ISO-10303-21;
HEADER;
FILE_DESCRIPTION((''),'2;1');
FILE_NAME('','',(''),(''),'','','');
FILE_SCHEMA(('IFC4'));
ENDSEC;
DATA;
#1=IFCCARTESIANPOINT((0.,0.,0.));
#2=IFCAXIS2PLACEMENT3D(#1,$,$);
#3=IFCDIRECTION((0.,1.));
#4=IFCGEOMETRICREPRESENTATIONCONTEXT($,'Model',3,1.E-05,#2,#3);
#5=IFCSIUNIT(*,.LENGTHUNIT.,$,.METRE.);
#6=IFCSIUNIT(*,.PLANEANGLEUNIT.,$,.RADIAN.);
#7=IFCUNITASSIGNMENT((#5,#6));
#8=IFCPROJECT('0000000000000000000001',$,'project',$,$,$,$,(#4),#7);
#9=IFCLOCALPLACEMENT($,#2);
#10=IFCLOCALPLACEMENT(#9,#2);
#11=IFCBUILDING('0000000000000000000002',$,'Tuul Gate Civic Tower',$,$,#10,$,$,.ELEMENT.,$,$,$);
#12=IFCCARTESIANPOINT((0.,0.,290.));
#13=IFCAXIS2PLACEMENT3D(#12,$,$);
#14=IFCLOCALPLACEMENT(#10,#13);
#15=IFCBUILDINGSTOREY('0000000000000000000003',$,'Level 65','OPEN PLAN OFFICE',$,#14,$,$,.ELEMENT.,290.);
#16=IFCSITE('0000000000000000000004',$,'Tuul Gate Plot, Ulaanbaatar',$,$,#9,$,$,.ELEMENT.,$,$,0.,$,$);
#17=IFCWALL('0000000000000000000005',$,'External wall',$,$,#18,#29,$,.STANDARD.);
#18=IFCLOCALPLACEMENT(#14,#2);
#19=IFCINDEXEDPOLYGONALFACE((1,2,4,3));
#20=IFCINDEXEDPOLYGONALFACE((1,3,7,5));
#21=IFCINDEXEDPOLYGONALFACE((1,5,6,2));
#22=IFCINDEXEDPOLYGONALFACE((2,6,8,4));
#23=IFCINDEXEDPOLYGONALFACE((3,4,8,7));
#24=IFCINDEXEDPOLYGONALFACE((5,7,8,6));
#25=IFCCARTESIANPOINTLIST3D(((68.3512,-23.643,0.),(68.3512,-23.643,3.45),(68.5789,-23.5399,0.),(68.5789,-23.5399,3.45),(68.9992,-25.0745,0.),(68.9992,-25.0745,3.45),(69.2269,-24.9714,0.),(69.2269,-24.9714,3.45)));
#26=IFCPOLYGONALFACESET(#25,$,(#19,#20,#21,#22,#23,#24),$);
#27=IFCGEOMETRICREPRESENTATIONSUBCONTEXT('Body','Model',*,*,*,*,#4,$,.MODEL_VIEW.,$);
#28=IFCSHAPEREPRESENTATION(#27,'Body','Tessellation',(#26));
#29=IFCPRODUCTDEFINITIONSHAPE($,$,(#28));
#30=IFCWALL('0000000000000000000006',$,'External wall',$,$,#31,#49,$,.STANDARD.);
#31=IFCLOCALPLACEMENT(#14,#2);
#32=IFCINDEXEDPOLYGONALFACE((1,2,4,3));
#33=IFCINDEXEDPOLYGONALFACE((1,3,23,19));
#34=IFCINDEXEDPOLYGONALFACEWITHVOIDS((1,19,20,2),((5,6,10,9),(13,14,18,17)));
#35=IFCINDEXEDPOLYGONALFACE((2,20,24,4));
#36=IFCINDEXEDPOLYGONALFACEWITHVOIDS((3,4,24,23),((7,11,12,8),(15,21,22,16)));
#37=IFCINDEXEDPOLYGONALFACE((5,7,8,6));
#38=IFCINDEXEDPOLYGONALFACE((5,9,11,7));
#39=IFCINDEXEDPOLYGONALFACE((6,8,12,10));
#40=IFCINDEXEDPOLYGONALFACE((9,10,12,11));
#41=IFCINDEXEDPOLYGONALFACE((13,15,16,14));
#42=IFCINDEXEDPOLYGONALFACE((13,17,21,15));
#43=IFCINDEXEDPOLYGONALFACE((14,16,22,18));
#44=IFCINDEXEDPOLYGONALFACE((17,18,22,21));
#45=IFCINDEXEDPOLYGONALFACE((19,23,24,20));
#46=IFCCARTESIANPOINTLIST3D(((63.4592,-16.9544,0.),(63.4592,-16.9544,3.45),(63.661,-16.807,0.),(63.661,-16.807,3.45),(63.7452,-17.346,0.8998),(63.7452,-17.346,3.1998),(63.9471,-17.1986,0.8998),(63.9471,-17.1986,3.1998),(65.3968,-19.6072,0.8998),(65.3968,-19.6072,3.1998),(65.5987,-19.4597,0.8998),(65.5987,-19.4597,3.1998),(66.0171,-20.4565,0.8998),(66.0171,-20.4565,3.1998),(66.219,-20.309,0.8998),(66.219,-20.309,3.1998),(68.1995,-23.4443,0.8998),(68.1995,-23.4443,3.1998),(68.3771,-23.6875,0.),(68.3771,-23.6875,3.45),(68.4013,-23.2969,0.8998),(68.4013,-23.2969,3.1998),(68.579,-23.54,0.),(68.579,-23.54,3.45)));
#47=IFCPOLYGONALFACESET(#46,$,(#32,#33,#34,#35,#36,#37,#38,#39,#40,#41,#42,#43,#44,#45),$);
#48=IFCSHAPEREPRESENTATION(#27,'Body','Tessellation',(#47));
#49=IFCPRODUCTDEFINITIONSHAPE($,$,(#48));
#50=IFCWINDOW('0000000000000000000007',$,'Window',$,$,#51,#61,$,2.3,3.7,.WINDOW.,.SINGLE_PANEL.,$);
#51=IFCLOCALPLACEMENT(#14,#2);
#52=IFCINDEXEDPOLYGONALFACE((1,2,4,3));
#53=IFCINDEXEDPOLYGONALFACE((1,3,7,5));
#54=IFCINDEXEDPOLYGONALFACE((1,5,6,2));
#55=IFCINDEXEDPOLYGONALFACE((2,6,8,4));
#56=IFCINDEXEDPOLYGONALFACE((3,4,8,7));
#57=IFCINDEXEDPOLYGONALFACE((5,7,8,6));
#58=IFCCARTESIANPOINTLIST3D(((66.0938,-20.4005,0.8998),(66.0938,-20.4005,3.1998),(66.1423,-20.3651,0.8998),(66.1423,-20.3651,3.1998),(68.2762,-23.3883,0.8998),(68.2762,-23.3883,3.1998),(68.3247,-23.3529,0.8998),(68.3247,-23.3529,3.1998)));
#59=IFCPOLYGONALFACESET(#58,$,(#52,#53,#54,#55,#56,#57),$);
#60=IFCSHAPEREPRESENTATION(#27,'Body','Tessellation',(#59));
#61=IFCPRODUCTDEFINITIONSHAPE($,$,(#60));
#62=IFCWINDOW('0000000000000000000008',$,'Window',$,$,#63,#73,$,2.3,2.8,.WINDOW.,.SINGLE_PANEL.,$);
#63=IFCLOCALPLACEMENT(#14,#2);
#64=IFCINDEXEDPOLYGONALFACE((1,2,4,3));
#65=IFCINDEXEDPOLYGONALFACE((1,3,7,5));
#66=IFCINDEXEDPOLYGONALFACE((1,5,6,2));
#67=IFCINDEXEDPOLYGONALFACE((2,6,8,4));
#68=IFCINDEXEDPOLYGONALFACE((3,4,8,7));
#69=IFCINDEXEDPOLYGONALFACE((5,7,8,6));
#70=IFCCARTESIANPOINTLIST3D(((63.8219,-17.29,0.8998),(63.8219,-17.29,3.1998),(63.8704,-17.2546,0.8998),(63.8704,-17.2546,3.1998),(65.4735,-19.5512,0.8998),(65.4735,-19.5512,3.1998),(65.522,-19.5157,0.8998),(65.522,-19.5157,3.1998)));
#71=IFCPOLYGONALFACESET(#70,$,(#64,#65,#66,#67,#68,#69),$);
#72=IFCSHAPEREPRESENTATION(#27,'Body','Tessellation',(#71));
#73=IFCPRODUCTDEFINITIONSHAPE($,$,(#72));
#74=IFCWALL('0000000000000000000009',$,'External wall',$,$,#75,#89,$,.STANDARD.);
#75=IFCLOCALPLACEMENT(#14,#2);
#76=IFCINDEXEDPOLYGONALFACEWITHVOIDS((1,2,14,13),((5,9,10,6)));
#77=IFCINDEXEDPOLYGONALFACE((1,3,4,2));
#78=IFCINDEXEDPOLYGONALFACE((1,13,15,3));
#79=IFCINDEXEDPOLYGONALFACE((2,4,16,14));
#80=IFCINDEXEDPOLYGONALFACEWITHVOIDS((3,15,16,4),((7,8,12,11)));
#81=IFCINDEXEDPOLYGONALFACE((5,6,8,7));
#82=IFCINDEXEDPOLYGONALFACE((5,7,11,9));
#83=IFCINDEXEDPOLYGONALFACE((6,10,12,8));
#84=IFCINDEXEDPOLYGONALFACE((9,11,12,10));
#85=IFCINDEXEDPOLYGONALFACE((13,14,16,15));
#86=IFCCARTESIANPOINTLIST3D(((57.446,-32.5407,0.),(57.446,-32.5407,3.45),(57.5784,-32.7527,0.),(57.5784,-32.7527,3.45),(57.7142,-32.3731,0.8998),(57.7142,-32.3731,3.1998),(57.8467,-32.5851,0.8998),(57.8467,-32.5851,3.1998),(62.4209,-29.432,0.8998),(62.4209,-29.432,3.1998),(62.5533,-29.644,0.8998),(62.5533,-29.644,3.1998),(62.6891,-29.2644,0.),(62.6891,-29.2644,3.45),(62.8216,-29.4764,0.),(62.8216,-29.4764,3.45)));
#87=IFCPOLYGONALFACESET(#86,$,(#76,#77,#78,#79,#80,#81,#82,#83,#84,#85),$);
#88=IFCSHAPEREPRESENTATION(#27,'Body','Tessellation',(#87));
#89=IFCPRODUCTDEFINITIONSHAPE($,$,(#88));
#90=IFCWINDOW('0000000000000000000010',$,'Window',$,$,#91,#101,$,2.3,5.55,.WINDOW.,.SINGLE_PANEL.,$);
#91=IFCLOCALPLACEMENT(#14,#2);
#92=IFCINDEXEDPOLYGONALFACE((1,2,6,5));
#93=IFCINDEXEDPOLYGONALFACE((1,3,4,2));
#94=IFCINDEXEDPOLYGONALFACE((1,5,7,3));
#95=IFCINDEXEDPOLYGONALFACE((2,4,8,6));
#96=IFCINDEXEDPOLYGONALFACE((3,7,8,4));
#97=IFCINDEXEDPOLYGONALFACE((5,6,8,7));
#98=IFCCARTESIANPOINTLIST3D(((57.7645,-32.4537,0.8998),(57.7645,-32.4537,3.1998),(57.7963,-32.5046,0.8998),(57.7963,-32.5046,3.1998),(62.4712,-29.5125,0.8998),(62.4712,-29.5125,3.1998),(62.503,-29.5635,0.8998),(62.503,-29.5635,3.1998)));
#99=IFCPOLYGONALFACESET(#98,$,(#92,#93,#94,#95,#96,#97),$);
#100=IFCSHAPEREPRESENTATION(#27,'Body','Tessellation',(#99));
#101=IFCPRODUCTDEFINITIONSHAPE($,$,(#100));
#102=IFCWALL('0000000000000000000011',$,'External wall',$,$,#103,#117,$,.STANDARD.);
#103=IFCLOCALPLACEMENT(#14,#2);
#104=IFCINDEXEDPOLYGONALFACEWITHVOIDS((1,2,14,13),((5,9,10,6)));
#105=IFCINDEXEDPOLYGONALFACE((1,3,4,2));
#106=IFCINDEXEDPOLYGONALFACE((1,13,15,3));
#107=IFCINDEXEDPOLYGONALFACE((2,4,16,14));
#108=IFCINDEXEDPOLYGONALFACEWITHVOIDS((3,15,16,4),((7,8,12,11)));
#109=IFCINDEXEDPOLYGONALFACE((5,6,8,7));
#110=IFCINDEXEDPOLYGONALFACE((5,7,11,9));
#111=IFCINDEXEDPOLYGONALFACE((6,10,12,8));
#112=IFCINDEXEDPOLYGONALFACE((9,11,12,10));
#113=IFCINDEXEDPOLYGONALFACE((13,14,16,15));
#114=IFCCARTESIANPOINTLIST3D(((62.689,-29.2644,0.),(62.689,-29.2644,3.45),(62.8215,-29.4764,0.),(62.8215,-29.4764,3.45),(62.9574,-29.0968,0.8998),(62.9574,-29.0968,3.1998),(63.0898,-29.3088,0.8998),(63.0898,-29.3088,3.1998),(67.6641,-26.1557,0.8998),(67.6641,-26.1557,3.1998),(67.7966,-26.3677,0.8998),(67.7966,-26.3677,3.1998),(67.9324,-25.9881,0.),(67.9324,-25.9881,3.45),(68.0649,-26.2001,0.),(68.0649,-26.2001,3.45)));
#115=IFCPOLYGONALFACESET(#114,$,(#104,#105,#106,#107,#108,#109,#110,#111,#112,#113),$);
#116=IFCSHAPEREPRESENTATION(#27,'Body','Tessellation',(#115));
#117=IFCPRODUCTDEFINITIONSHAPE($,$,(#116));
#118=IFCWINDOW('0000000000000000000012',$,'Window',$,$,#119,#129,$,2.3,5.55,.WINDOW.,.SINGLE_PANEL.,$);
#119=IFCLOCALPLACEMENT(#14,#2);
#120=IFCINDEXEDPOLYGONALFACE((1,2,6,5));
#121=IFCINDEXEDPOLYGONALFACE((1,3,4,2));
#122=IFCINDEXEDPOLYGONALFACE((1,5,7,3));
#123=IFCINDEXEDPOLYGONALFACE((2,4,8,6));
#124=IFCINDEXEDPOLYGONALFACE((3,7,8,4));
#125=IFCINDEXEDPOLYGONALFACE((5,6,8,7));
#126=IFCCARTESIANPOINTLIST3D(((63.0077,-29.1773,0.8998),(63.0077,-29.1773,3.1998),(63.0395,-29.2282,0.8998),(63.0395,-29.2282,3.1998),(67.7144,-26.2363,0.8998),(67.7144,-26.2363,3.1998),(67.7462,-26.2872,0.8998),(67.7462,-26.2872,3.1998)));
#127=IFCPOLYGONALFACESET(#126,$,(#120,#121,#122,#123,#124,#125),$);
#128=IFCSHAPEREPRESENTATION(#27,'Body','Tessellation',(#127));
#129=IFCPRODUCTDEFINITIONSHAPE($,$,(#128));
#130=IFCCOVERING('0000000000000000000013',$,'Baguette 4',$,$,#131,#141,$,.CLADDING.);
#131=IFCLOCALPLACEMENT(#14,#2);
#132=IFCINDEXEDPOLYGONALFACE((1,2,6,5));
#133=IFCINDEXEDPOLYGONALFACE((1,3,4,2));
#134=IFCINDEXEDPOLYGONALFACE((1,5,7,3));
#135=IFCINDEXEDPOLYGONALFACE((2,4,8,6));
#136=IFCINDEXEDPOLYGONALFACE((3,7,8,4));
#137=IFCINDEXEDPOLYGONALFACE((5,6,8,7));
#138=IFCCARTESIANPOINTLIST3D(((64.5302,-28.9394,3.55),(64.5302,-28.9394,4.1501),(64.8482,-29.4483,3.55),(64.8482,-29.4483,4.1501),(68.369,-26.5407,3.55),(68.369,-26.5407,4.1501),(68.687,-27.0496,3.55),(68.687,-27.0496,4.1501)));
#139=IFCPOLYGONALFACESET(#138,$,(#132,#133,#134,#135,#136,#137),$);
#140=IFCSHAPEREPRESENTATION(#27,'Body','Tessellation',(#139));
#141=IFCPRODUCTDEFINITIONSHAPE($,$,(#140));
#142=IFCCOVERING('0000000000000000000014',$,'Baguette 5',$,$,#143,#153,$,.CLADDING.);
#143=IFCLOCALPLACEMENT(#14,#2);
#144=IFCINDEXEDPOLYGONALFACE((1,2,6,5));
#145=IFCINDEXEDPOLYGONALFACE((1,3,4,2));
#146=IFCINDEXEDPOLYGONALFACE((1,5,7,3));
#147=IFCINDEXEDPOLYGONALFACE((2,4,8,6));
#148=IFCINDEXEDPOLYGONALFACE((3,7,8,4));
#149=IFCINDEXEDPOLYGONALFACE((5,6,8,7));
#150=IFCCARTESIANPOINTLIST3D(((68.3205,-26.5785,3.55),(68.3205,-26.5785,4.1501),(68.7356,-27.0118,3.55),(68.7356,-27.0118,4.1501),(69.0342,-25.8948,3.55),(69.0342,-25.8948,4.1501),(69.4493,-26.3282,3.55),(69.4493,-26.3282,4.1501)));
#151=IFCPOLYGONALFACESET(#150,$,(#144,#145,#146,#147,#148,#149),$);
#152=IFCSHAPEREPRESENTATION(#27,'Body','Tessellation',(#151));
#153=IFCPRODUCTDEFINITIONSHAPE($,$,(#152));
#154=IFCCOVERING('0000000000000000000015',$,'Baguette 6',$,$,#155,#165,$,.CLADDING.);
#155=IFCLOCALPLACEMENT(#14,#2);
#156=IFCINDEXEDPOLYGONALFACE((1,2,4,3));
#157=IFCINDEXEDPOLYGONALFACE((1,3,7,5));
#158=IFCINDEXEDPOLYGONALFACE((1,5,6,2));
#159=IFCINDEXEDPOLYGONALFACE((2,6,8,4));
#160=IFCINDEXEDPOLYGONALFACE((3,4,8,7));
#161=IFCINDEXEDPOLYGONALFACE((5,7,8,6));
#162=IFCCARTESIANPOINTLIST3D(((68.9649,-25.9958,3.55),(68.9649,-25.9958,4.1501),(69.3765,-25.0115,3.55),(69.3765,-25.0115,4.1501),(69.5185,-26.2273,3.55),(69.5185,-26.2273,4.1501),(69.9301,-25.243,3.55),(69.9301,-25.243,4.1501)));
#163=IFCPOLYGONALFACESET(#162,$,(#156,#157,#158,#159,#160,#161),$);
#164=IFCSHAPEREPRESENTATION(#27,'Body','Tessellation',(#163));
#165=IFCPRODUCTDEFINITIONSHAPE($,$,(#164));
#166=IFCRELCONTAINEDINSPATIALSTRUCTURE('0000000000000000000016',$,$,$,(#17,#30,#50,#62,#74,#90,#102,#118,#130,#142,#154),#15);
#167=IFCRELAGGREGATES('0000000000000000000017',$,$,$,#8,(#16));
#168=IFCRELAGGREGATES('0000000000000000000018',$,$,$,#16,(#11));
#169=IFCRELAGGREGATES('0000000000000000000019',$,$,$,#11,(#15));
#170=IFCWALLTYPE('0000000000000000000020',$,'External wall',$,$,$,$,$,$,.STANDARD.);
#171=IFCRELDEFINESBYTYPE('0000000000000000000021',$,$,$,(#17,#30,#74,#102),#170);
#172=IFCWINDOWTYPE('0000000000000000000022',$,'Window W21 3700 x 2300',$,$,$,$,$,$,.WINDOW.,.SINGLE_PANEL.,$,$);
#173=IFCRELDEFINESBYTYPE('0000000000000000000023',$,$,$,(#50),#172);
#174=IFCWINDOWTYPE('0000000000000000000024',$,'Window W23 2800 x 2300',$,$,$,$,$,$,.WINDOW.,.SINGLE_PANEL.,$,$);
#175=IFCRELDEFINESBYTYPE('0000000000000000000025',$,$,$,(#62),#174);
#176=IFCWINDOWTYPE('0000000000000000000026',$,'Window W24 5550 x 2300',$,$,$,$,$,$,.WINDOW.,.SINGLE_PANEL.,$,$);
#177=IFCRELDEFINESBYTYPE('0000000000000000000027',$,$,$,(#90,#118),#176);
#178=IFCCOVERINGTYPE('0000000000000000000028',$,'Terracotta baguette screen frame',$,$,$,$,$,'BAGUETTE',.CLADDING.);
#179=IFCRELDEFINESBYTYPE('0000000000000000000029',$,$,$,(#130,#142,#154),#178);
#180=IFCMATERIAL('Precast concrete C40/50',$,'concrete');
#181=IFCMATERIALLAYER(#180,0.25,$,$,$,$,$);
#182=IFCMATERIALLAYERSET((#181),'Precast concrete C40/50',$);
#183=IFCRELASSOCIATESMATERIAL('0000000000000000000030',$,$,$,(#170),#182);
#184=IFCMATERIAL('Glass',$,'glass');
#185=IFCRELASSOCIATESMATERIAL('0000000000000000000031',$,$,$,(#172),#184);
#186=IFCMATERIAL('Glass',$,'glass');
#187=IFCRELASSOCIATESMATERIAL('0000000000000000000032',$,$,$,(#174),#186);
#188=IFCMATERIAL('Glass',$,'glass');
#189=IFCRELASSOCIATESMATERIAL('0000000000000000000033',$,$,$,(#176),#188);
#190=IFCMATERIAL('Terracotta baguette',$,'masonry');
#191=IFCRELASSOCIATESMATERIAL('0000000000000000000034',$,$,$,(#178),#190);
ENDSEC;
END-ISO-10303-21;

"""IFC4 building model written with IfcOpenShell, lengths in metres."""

from ifc_helpers import new_model, si_unit, direction, frame, frame_2d, origin, origin_2d, place, context, subcontext, project, spatial, rectangle, extrude, material, layer, layer_set, material_profile, profile_set, type_object, element, fill, save


model = new_model("IFC4")

# Units and contexts
model_context = context("Model", 3, precision=1e-05, world=origin(), true_north=direction((0.0, 1.0)))
body_context = subcontext(model_context, "Body", "Model", "MODEL_VIEW")
ifc_project = project(units=[si_unit("LENGTHUNIT", "METRE"), si_unit("PLANEANGLEUNIT", "RADIAN")], contexts=[model_context])

# Site, building, storey
site_placement = place(None, origin())
site = spatial("IfcSite", under=ifc_project, at=site_placement, Name="Tuul Gate Plot, Ulaanbaatar", CompositionType="ELEMENT", RefElevation=0.0)
building_placement = place(site_placement, origin())
building = spatial("IfcBuilding", under=site, at=building_placement, Name="Tuul Gate Civic Tower", CompositionType="ELEMENT")
storey_placement = place(building_placement, frame((0.0, 0.0, 290.0)))
storey = spatial("IfcBuildingStorey", under=building, at=storey_placement, Name="Level 65", Description="OPEN PLAN OFFICE", CompositionType="ELEMENT", Elevation=290.0)

# Wall
ifc_material_1 = material(Name="Precast concrete C40/50", Category="concrete")
ifc_layer_1 = layer(ifc_material_1, 0.25)
ifc_layer_set_1 = layer_set([ifc_layer_1], Name="Precast concrete C40/50")
wall_type_1 = type_object("IfcWallType", Name="External wall", PredefinedType="STANDARD", material=ifc_layer_set_1)
wall_1_placement = place(storey_placement, frame((69.113, -25.0229, 0.0), z_axis=(0.0, 0.0, 1.0), x_axis=(-0.412386, 0.911009, 0.0)))
element("IfcWall", 1, at=wall_1_placement, inside=storey, type_object=wall_type_1, Name="External wall", PredefinedType="STANDARD", context=body_context, shape_type="SweptSolid", body=[
    extrude(rectangle(XDim=1.5713, YDim=0.25, at=frame_2d((0.7856, 0.0))), origin(), (0.0, 0.0, 1.0), 3.45),
])

# Wall, openings, windows
wall_2_placement = place(storey_placement, frame((68.478, -23.6138, 0.0), z_axis=(0.0, 0.0, 1.0), x_axis=(-0.589828, 0.807529, 0.0)))
wall_2 = element("IfcWall", 2, at=wall_2_placement, inside=storey, type_object=wall_type_1, Name="External wall", PredefinedType="STANDARD", context=body_context, shape_type="SweptSolid", body=[
    extrude(rectangle(XDim=8.3379, YDim=0.25, at=frame_2d((4.1689, 0.0))), origin(), (0.0, 0.0, 1.0), 3.45),
])
opening_1_placement = place(wall_2_placement, frame((0.301, 0.0, 0.8999)))
opening_1 = element("IfcOpeningElement", 3, at=opening_1_placement, cuts=wall_2, PredefinedType="OPENING", context=body_context, shape_type="SweptSolid", body=[
    extrude(rectangle(XDim=3.7, YDim=2.3, at=frame_2d((1.8501, 1.1499))), frame((0.0, 0.135, 0.0), z_axis=(0.0, -1.0, 0.0), x_axis=(1.0, 0.0, 0.0)), (0.0, 0.0, 1.0), 0.27),
])
opening_2_placement = place(wall_2_placement, frame((5.053, 0.0, 0.8999)))
opening_2 = element("IfcOpeningElement", 4, at=opening_2_placement, cuts=wall_2, PredefinedType="OPENING", context=body_context, shape_type="SweptSolid", body=[
    extrude(rectangle(XDim=2.8, YDim=2.3, at=frame_2d((1.3999, 1.1499))), frame((0.0, 0.135, 0.0), z_axis=(0.0, -1.0, 0.0), x_axis=(1.0, 0.0, 0.0)), (0.0, 0.0, 1.0), 0.27),
])
ifc_material_2 = material(Name="Glass", Category="glass")
window_type_1 = type_object("IfcWindowType", Name="Window W21 3700 x 2300", PartitioningType="SINGLE_PANEL", PredefinedType="WINDOW", material=ifc_material_2)
window_1_placement = place(opening_1_placement, origin())
window_1 = element("IfcWindow", 5, at=window_1_placement, inside=storey, type_object=window_type_1, Name="Window", OverallHeight=2.3, OverallWidth=3.7, PartitioningType="SINGLE_PANEL", PredefinedType="WINDOW", context=body_context, shape_type="SweptSolid", body=[
    extrude(rectangle(XDim=3.7, YDim=2.3, at=frame_2d((1.8501, 1.1499))), frame((0.0, 0.03, 0.0), z_axis=(0.0, -1.0, 0.0), x_axis=(1.0, 0.0, 0.0)), (0.0, 0.0, 1.0), 0.0601),
])
fill(opening_1, window_1)
ifc_material_3 = material(Name="Glass", Category="glass")
window_type_2 = type_object("IfcWindowType", Name="Window W23 2800 x 2300", PartitioningType="SINGLE_PANEL", PredefinedType="WINDOW", material=ifc_material_3)
window_2_placement = place(opening_2_placement, origin())
window_2 = element("IfcWindow", 6, at=window_2_placement, inside=storey, type_object=window_type_2, Name="Window", OverallHeight=2.3, OverallWidth=2.8, PartitioningType="SINGLE_PANEL", PredefinedType="WINDOW", context=body_context, shape_type="SweptSolid", body=[
    extrude(rectangle(XDim=2.8, YDim=2.3, at=frame_2d((1.3999, 1.1499))), frame((0.0, 0.03, 0.0), z_axis=(0.0, -1.0, 0.0), x_axis=(1.0, 0.0, 0.0)), (0.0, 0.0, 1.0), 0.0601),
])
fill(opening_2, window_2)

# Walls, openings, windows
wall_3_placement = place(storey_placement, frame((57.5122, -32.6467, 0.0), z_axis=(0.0, 0.0, 1.0), x_axis=(0.848043, 0.529928, 0.0)))
wall_3 = element("IfcWall", 7, at=wall_3_placement, inside=storey, type_object=wall_type_1, Name="External wall", PredefinedType="STANDARD", context=body_context, shape_type="SweptSolid", body=[
    extrude(rectangle(XDim=6.1826, YDim=0.25, at=frame_2d((3.0913, 0.0))), origin(), (0.0, 0.0, 1.0), 3.45),
])
opening_3_placement = place(wall_3_placement, frame((0.3164, 0.0, 0.8999)))
opening_3 = element("IfcOpeningElement", 8, at=opening_3_placement, cuts=wall_3, PredefinedType="OPENING", context=body_context, shape_type="SweptSolid", body=[
    extrude(rectangle(XDim=5.55, YDim=2.3, at=frame_2d((2.7749, 1.1499))), frame((0.0, 0.135, 0.0), z_axis=(0.0, -1.0, 0.0), x_axis=(1.0, 0.0, 0.0)), (0.0, 0.0, 1.0), 0.27),
])
ifc_material_4 = material(Name="Glass", Category="glass")
window_type_3 = type_object("IfcWindowType", Name="Window W24 5550 x 2300", PartitioningType="SINGLE_PANEL", PredefinedType="WINDOW", material=ifc_material_4)
window_3_placement = place(opening_3_placement, origin())
window_3 = element("IfcWindow", 9, at=window_3_placement, inside=storey, type_object=window_type_3, Name="Window", OverallHeight=2.3, OverallWidth=5.55, PartitioningType="SINGLE_PANEL", PredefinedType="WINDOW", context=body_context, shape_type="SweptSolid", body=[
    extrude(rectangle(XDim=5.55, YDim=2.3, at=frame_2d((2.7749, 1.1499))), frame((0.0, 0.03, 0.0), z_axis=(0.0, -1.0, 0.0), x_axis=(1.0, 0.0, 0.0)), (0.0, 0.0, 1.0), 0.0601),
])
fill(opening_3, window_3)
wall_4_placement = place(storey_placement, frame((62.7554, -29.3704, 0.0), z_axis=(0.0, 0.0, 1.0), x_axis=(0.848054, 0.52991, 0.0)))
wall_4 = element("IfcWall", 10, at=wall_4_placement, inside=storey, type_object=wall_type_1, Name="External wall", PredefinedType="STANDARD", context=body_context, shape_type="SweptSolid", body=[
    extrude(rectangle(XDim=6.1829, YDim=0.25, at=frame_2d((3.0913, 0.0))), origin(), (0.0, 0.0, 1.0), 3.45),
])
opening_4_placement = place(wall_4_placement, frame((0.3164, 0.0, 0.8999)))
opening_4 = element("IfcOpeningElement", 11, at=opening_4_placement, cuts=wall_4, PredefinedType="OPENING", context=body_context, shape_type="SweptSolid", body=[
    extrude(rectangle(XDim=5.55, YDim=2.3, at=frame_2d((2.7749, 1.1499))), frame((0.0, 0.135, 0.0), z_axis=(0.0, -1.0, 0.0), x_axis=(1.0, 0.0, 0.0)), (0.0, 0.0, 1.0), 0.27),
])
window_4_placement = place(opening_4_placement, origin())
window_4 = element("IfcWindow", 12, at=window_4_placement, inside=storey, type_object=window_type_3, Name="Window", OverallHeight=2.3, OverallWidth=5.55, PartitioningType="SINGLE_PANEL", PredefinedType="WINDOW", context=body_context, shape_type="SweptSolid", body=[
    extrude(rectangle(XDim=5.55, YDim=2.3, at=frame_2d((2.7749, 1.1499))), frame((0.0, 0.03, 0.0), z_axis=(0.0, -1.0, 0.0), x_axis=(1.0, 0.0, 0.0)), (0.0, 0.0, 1.0), 0.0601),
])
fill(opening_4, window_4)

# Coverings
ifc_material_5 = material(Name="Terracotta baguette", Category="masonry")
ifc_material_profile_1 = material_profile(ifc_material_5, rectangle(XDim=0.6001, YDim=0.6001, at=origin_2d()), Name="Terracotta baguette screen frame")
ifc_profile_set_1 = profile_set([ifc_material_profile_1], Name="Terracotta baguette")
covering_type = type_object("IfcCoveringType", Name="Terracotta baguette screen frame", ElementType="BAGUETTE", PredefinedType="CLADDING", material=ifc_profile_set_1)
covering_1_placement = place(storey_placement, frame((64.6892, -29.1938, 3.8501), z_axis=(0.848059, 0.529902, 0.0), x_axis=(-0.529902, 0.848059, 0.0)))
element("IfcCovering", 13, at=covering_1_placement, inside=storey, type_object=covering_type, Name="Baguette 4", PredefinedType="CLADDING", context=body_context, shape_type="SweptSolid", body=[
    extrude(rectangle(XDim=0.6001, YDim=0.6001, at=origin_2d()), origin(), (0.0, 0.0, 1.0), 4.5266),
])
covering_2_placement = place(storey_placement, frame((68.5281, -26.7952, 3.8501), z_axis=(0.722137, 0.69175, 0.0), x_axis=(-0.69175, 0.722137, 0.0)))
element("IfcCovering", 14, at=covering_2_placement, inside=storey, type_object=covering_type, Name="Baguette 5", PredefinedType="CLADDING", context=body_context, shape_type="SweptSolid", body=[
    extrude(rectangle(XDim=0.6001, YDim=0.6001, at=origin_2d()), origin(), (0.0, 0.0, 1.0), 0.9883),
])
covering_3_placement = place(storey_placement, frame((69.2417, -26.1116, 3.8501), z_axis=(0.385785, 0.922589, 0.0), x_axis=(-0.922589, 0.385785, 0.0)))
element("IfcCovering", 15, at=covering_3_placement, inside=storey, type_object=covering_type, Name="Baguette 6", PredefinedType="CLADDING", context=body_context, shape_type="SweptSolid", body=[
    extrude(rectangle(XDim=0.6001, YDim=0.6001, at=origin_2d()), origin(), (0.0, 0.0, 1.0), 1.0669),
])

save(model, "model.ifc")
